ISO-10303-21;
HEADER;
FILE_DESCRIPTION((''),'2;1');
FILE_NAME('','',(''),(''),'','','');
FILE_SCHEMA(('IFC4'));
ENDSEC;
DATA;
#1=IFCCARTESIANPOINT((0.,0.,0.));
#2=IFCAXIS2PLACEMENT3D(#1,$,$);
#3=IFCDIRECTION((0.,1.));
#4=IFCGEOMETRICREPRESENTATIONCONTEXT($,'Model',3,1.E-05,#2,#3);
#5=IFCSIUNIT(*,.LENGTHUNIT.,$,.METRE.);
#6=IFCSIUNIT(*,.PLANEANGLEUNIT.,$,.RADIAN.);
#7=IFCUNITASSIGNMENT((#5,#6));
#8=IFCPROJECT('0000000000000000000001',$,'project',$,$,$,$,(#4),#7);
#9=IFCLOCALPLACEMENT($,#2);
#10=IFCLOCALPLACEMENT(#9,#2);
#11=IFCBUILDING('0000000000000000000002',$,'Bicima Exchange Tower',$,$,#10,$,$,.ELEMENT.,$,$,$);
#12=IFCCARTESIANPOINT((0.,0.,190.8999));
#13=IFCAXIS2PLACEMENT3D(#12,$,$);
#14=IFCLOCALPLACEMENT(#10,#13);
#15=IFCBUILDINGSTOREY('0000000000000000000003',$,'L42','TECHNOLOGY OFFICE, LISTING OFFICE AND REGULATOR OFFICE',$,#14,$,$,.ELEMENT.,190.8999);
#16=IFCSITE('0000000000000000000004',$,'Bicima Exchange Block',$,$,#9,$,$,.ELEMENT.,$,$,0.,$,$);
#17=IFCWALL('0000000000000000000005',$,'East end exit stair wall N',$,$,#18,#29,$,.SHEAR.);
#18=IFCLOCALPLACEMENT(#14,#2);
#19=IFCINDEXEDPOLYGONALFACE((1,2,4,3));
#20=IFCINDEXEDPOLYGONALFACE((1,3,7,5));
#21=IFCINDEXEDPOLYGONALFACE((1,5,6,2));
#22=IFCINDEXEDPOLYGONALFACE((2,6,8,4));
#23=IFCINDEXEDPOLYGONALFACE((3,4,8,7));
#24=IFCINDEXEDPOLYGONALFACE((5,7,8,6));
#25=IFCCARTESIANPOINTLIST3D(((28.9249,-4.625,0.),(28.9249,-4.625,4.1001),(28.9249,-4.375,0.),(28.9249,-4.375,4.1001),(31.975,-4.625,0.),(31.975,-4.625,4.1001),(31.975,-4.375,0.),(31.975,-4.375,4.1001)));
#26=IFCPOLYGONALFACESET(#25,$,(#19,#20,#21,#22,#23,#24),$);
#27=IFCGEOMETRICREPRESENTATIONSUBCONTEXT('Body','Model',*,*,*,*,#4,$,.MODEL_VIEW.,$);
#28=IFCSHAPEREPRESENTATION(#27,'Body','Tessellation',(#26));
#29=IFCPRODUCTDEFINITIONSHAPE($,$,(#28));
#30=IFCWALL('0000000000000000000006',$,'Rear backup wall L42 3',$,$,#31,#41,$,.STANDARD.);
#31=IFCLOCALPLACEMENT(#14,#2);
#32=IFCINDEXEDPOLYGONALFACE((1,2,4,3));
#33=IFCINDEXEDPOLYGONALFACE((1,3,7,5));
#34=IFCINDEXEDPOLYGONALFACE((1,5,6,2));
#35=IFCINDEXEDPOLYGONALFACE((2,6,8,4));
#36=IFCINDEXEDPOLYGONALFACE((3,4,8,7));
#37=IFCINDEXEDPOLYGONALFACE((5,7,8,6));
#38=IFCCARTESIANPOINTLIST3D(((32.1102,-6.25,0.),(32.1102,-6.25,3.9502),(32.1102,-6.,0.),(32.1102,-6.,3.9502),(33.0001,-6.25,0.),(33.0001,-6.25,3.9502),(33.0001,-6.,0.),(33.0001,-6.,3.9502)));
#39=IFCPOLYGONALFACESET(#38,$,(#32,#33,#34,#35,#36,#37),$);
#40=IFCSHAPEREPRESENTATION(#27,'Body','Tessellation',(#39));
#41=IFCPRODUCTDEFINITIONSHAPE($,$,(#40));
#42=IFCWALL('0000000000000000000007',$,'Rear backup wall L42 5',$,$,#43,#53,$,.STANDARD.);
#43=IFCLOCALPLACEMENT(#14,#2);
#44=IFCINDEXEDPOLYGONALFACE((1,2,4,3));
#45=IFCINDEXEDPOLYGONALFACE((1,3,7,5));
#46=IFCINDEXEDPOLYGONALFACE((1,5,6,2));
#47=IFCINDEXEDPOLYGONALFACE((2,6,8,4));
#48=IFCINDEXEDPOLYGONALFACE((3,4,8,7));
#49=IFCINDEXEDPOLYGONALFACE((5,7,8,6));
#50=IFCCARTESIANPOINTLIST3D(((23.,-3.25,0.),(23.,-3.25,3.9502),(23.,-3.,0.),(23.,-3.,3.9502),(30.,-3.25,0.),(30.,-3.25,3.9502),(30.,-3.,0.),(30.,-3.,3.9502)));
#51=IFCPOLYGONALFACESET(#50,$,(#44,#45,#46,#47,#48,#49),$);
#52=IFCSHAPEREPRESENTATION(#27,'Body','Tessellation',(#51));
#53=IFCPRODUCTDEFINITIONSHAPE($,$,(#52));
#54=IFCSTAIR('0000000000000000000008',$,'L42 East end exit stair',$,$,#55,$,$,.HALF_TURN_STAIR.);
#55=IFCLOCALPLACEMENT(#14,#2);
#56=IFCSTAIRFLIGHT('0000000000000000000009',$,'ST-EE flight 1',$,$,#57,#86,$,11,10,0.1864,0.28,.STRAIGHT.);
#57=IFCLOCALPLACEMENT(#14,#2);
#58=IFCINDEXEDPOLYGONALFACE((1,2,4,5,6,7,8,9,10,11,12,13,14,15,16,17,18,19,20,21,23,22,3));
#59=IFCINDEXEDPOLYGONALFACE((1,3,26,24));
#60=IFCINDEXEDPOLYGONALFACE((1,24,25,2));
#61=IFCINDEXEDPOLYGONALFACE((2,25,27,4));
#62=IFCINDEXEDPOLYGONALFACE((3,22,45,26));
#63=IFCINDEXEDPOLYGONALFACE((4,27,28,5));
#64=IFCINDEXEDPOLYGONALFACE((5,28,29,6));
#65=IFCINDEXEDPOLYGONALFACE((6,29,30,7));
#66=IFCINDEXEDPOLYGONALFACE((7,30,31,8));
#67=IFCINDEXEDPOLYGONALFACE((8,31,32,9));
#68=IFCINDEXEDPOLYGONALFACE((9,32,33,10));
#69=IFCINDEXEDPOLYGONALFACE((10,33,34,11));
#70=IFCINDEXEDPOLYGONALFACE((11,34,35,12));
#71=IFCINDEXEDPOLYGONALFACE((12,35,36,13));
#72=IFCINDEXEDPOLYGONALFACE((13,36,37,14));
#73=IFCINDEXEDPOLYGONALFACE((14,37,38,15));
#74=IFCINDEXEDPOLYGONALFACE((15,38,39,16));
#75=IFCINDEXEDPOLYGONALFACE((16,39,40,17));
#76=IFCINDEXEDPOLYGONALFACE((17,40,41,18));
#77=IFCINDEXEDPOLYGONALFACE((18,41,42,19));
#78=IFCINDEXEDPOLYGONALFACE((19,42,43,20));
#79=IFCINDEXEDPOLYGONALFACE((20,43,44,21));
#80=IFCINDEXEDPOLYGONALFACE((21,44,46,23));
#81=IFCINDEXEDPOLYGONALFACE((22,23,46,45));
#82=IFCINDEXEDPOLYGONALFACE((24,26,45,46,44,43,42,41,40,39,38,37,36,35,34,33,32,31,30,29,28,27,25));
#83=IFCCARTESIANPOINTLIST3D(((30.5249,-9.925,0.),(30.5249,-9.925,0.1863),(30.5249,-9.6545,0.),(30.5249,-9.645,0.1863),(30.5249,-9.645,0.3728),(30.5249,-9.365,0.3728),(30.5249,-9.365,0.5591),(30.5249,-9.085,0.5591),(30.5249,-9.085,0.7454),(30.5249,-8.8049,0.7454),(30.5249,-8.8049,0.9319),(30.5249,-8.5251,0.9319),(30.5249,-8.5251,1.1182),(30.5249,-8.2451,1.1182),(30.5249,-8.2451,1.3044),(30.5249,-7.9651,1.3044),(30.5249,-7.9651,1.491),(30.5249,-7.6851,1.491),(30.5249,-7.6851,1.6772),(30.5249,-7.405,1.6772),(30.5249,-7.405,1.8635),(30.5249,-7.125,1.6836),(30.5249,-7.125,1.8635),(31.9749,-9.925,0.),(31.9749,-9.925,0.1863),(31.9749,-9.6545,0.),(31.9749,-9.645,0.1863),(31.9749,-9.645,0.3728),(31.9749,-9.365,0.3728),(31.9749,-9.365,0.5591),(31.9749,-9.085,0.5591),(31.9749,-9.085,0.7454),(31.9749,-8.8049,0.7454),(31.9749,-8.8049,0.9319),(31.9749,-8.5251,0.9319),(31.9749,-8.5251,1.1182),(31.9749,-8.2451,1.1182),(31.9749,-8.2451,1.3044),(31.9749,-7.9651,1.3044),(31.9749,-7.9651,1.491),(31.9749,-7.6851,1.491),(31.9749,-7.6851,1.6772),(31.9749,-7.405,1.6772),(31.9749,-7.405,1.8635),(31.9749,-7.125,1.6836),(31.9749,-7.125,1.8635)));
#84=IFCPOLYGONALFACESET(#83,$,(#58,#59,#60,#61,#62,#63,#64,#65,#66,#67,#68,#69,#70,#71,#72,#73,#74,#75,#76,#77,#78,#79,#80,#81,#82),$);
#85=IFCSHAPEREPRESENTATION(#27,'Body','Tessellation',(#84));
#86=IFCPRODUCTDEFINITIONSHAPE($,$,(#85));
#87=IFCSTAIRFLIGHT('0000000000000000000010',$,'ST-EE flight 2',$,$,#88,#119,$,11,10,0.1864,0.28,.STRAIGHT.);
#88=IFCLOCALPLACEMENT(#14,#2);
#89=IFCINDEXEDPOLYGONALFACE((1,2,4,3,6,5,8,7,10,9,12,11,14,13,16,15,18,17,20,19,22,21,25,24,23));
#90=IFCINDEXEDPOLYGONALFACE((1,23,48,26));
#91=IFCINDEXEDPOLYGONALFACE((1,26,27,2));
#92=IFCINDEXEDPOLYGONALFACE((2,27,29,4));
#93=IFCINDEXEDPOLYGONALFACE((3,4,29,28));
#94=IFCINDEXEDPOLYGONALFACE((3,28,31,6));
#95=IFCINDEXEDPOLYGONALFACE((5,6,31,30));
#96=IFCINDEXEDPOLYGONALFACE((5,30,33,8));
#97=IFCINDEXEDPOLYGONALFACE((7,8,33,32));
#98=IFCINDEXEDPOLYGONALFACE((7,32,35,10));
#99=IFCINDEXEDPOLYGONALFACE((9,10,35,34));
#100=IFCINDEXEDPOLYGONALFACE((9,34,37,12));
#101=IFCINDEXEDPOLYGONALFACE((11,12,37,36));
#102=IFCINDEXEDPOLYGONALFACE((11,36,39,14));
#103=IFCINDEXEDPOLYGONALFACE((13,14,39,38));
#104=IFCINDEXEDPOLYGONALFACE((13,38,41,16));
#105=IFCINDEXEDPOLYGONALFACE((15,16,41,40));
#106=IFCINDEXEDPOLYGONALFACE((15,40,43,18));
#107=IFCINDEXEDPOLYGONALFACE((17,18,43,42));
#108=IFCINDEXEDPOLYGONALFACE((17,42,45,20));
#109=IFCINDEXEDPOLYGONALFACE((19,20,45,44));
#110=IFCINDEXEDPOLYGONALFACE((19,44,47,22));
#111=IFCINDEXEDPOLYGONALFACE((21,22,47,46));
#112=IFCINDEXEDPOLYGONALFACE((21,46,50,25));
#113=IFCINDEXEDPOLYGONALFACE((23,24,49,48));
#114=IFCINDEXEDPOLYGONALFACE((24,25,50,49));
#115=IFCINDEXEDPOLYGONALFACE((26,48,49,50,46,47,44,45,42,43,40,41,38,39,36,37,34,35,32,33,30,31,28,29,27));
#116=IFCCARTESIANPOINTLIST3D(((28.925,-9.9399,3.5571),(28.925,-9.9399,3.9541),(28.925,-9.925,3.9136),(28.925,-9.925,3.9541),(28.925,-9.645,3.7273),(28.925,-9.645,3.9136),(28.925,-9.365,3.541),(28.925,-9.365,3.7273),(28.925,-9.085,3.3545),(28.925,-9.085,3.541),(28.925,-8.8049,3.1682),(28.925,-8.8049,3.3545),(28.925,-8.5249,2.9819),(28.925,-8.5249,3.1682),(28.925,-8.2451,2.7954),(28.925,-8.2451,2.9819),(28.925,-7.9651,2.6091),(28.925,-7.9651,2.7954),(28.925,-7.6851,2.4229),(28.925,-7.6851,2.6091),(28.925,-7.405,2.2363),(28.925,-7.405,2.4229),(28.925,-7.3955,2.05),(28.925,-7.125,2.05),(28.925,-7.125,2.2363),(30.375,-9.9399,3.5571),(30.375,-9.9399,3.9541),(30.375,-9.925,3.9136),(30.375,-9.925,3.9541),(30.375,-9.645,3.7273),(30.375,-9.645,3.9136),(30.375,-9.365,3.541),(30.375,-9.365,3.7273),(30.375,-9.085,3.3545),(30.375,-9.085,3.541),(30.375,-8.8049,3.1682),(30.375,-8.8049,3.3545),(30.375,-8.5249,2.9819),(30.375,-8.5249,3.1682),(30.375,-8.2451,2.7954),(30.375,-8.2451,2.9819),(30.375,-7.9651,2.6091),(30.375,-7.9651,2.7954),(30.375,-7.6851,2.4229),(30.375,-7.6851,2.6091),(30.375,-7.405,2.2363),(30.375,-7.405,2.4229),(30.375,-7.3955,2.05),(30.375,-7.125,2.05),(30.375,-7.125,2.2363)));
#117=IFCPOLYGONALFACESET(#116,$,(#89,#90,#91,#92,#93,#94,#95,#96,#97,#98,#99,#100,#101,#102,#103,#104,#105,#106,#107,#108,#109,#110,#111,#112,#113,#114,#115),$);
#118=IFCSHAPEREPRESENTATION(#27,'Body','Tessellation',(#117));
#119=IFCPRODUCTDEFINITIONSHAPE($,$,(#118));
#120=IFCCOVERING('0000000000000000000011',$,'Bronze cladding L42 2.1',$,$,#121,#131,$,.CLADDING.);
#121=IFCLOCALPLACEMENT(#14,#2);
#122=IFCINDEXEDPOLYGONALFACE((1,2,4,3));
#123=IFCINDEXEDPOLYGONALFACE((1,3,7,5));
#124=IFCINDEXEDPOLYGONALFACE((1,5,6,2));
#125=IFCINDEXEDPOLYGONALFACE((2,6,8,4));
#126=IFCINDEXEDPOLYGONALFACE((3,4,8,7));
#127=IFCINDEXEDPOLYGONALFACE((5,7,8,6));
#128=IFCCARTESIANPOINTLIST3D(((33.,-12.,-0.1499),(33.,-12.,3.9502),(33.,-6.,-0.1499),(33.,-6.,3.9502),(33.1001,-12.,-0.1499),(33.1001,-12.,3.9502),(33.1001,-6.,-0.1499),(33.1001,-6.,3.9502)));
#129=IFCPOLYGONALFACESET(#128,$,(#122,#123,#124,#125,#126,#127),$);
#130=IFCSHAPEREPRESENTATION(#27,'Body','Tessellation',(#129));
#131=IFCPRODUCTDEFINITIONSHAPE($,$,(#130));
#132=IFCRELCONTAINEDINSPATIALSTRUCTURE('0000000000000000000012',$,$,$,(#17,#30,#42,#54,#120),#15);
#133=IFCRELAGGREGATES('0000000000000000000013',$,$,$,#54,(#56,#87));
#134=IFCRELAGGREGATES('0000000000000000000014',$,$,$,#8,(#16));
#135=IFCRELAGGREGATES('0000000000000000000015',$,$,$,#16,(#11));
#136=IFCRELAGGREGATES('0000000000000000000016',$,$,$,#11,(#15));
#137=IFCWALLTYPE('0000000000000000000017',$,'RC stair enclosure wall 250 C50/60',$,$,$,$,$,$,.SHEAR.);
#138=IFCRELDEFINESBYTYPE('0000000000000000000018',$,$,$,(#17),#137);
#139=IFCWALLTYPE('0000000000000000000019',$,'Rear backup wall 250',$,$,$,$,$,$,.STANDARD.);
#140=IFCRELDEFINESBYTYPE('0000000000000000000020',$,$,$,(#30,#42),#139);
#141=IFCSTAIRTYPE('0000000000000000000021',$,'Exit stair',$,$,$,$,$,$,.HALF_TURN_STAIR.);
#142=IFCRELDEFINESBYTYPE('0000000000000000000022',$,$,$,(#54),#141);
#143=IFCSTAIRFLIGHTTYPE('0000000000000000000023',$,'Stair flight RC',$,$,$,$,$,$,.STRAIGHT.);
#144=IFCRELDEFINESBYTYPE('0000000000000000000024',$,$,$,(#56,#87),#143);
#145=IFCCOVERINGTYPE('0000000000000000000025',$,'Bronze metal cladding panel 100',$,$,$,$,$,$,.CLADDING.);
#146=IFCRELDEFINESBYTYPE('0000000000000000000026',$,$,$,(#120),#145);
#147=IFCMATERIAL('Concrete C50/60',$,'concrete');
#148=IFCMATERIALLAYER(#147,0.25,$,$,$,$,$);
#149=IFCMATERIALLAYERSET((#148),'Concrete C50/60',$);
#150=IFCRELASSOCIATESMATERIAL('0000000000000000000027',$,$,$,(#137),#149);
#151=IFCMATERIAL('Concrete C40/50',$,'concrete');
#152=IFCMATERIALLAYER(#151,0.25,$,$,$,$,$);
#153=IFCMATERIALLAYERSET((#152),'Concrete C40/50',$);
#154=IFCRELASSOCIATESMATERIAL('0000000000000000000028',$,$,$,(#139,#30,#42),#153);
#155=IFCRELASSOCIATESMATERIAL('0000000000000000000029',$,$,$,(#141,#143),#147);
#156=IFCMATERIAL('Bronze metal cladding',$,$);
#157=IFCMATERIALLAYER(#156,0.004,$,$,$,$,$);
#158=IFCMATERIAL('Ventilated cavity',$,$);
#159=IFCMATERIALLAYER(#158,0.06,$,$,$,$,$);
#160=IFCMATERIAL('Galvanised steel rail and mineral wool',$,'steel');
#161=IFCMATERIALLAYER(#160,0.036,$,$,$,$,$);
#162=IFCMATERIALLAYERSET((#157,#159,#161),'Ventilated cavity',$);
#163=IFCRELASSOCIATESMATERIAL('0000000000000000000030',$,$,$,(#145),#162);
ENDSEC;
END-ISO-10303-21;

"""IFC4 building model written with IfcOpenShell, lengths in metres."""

from ifc_helpers import new_model, si_unit, direction, frame, frame_2d, origin, origin_2d, place, context, subcontext, project, spatial, polyline, rectangle, outline, extrude, material, layer, layer_set, layer_usage, type_object, element, aggregate, save


model = new_model("IFC4")

# Units and contexts
model_context = context("Model", 3, precision=1e-05, world=origin(), true_north=direction((0.0, 1.0)))
body_context = subcontext(model_context, "Body", "Model", "MODEL_VIEW")
ifc_project = project(units=[si_unit("LENGTHUNIT", "METRE"), si_unit("PLANEANGLEUNIT", "RADIAN")], contexts=[model_context])

# Site, building, storey
site_placement = place(None, origin())
site = spatial("IfcSite", under=ifc_project, at=site_placement, Name="Bicima Exchange Block", CompositionType="ELEMENT", RefElevation=0.0)
building_placement = place(site_placement, origin())
building = spatial("IfcBuilding", under=site, at=building_placement, Name="Bicima Exchange Tower", CompositionType="ELEMENT")
storey_placement = place(building_placement, frame((0.0, 0.0, 190.8999)))
storey = spatial("IfcBuildingStorey", under=building, at=storey_placement, Name="L42", Description="TECHNOLOGY OFFICE, LISTING OFFICE AND REGULATOR OFFICE", CompositionType="ELEMENT", Elevation=190.8999)

# Walls
ifc_material_1 = material(Name="Concrete C50/60", Category="concrete")
ifc_layer_1 = layer(ifc_material_1, 0.25)
ifc_layer_set_1 = layer_set([ifc_layer_1], Name="Concrete C50/60")
wall_type_1 = type_object("IfcWallType", Name="RC stair enclosure wall 250 C50/60", PredefinedType="SHEAR", material=ifc_layer_set_1)
wall_1_placement = place(storey_placement, frame((28.925, -4.5, 0.0), z_axis=(0.0, 0.0, 1.0), x_axis=(1.0, 0.0, 0.0)))
element("IfcWall", 1, at=wall_1_placement, inside=storey, type_object=wall_type_1, Name="East end exit stair wall N", PredefinedType="SHEAR", context=body_context, shape_type="SweptSolid", body=[
    extrude(rectangle(XDim=3.05, YDim=0.25, at=frame_2d((1.5249, 0.0))), origin(), (0.0, 0.0, 1.0), 4.1001),
])
ifc_material_2 = material(Name="Concrete C40/50", Category="concrete")
ifc_layer_2 = layer(ifc_material_2, 0.25)
ifc_layer_set_2 = layer_set([ifc_layer_2], Name="Concrete C40/50")
ifc_layer_usage = layer_usage(ifc_layer_set_2, "AXIS2", "POSITIVE", -0.125)
wall_type_2 = type_object("IfcWallType", Name="Rear backup wall 250", PredefinedType="STANDARD", material=ifc_layer_set_2)
wall_2_placement = place(storey_placement, frame((33.0, -6.125, 0.0), z_axis=(0.0, 0.0, 1.0), x_axis=(-1.0, 0.0, 0.0)))
element("IfcWall", 2, at=wall_2_placement, inside=storey, type_object=wall_type_2, material=ifc_layer_usage, Name="Rear backup wall L42 3", PredefinedType="STANDARD", context=body_context, shape_type="SweptSolid", body=[
    extrude(rectangle(XDim=0.8899, YDim=0.25, at=frame_2d((0.4448, 0.0))), origin(), (0.0, 0.0, 1.0), 3.9502),
])
wall_3_placement = place(storey_placement, frame((30.0, -3.125, 0.0), z_axis=(0.0, 0.0, 1.0), x_axis=(-1.0, 0.0, 0.0)))
element("IfcWall", 3, at=wall_3_placement, inside=storey, type_object=wall_type_2, material=ifc_layer_usage, Name="Rear backup wall L42 5", PredefinedType="STANDARD", context=body_context, shape_type="SweptSolid", body=[
    extrude(rectangle(XDim=7.0, YDim=0.25, at=frame_2d((3.5, 0.0))), origin(), (0.0, 0.0, 1.0), 3.9502),
])

# Stair, stair flights
stair_type = type_object("IfcStairType", Name="Exit stair", PredefinedType="HALF_TURN_STAIR", material=ifc_material_1)
stair_placement = place(storey_placement, origin())
stair = element("IfcStair", 4, at=stair_placement, inside=storey, type_object=stair_type, Name="L42 East end exit stair", PredefinedType="HALF_TURN_STAIR")
stair_flight_type = type_object("IfcStairFlightType", Name="Stair flight RC", PredefinedType="STRAIGHT", material=ifc_material_1)
stair_flight_1_placement = place(storey_placement, frame((31.25, -9.925, 0.0), z_axis=(0.0, 0.0, 1.0), x_axis=(0.0, 1.0, 0.0)))
stair_flight_1 = element("IfcStairFlight", 5, at=stair_flight_1_placement, type_object=stair_flight_type, Name="ST-EE flight 1", NumberOfRisers=11, NumberOfTreads=10, PredefinedType="STRAIGHT", RiserHeight=0.1864, TreadLength=0.28, context=body_context, shape_type="SweptSolid", body=[
    extrude(outline(polyline([(0.0, 0.0), (0.0, 0.1863), (0.28, 0.1863), (0.28, 0.3728), (0.5601, 0.3728), (0.5601, 0.5591), (0.8401, 0.5591), (0.8401, 0.7454), (1.1201, 0.7454), (1.1201, 0.9319), (1.3999, 0.9319), (1.3999, 1.1182), (1.6799, 1.1182), (1.6799, 1.3044), (1.96, 1.3044), (1.96, 1.491), (2.24, 1.491), (2.24, 1.6772), (2.52, 1.6772), (2.52, 1.8635), (2.8, 1.8635), (2.8, 2.05), (2.8, 1.6836), (0.2705, 0.0), (0.0, 0.0)])), frame((0.0, 0.7251, 0.0), z_axis=(0.0, -1.0, 0.0), x_axis=(1.0, 0.0, 0.0)), (0.0, 0.0, 1.0), 1.45),
])
stair_flight_2_placement = place(storey_placement, frame((29.6499, -7.125, 2.05), z_axis=(0.0, 0.0, 1.0), x_axis=(0.0, -1.0, 0.0)))
stair_flight_2 = element("IfcStairFlight", 6, at=stair_flight_2_placement, type_object=stair_flight_type, Name="ST-EE flight 2", NumberOfRisers=11, NumberOfTreads=10, PredefinedType="STRAIGHT", RiserHeight=0.1864, TreadLength=0.28, context=body_context, shape_type="SweptSolid", body=[
    extrude(outline(polyline([(0.0, 0.0), (0.0, 0.1863), (0.28, 0.1863), (0.28, 0.3728), (0.5601, 0.3728), (0.5601, 0.5591), (0.8401, 0.5591), (0.8401, 0.7454), (1.1201, 0.7454), (1.1201, 0.9319), (1.3999, 0.9319), (1.3999, 1.1182), (1.6799, 1.1182), (1.6799, 1.3044), (1.96, 1.3044), (1.96, 1.491), (2.24, 1.491), (2.24, 1.6772), (2.52, 1.6772), (2.52, 1.8635), (2.8, 1.8635), (2.8, 1.9041), (2.8149, 1.9041), (2.8149, 1.5071), (0.2705, 0.0), (0.0, 0.0)])), frame((0.0, 0.7251, 0.0), z_axis=(0.0, -1.0, 0.0), x_axis=(1.0, 0.0, 0.0)), (0.0, 0.0, 1.0), 1.45),
])
aggregate(stair, [stair_flight_1, stair_flight_2])

# Covering
ifc_material_3 = material(Name="Bronze metal cladding")
ifc_layer_3 = layer(ifc_material_3, 0.004)
ifc_material_4 = material(Name="Ventilated cavity")
ifc_layer_4 = layer(ifc_material_4, 0.06)
ifc_material_5 = material(Name="Galvanised steel rail and mineral wool", Category="steel")
ifc_layer_5 = layer(ifc_material_5, 0.036)
ifc_layer_set_3 = layer_set([ifc_layer_3, ifc_layer_4, ifc_layer_5], Name="Ventilated cavity")
covering_type = type_object("IfcCoveringType", Name="Bronze metal cladding panel 100", PredefinedType="CLADDING", material=ifc_layer_set_3)
covering_placement = place(storey_placement, frame((33.05, -9.0, -0.1499), z_axis=(0.0, 0.0, 1.0), x_axis=(0.0, 1.0, 0.0)))
element("IfcCovering", 7, at=covering_placement, inside=storey, type_object=covering_type, Name="Bronze cladding L42 2.1", PredefinedType="CLADDING", context=body_context, shape_type="SweptSolid", body=[
    extrude(rectangle(XDim=6.0, YDim=0.1001, at=origin_2d()), origin(), (0.0, 0.0, 1.0), 4.1001),
])

save(model, "model.ifc")
